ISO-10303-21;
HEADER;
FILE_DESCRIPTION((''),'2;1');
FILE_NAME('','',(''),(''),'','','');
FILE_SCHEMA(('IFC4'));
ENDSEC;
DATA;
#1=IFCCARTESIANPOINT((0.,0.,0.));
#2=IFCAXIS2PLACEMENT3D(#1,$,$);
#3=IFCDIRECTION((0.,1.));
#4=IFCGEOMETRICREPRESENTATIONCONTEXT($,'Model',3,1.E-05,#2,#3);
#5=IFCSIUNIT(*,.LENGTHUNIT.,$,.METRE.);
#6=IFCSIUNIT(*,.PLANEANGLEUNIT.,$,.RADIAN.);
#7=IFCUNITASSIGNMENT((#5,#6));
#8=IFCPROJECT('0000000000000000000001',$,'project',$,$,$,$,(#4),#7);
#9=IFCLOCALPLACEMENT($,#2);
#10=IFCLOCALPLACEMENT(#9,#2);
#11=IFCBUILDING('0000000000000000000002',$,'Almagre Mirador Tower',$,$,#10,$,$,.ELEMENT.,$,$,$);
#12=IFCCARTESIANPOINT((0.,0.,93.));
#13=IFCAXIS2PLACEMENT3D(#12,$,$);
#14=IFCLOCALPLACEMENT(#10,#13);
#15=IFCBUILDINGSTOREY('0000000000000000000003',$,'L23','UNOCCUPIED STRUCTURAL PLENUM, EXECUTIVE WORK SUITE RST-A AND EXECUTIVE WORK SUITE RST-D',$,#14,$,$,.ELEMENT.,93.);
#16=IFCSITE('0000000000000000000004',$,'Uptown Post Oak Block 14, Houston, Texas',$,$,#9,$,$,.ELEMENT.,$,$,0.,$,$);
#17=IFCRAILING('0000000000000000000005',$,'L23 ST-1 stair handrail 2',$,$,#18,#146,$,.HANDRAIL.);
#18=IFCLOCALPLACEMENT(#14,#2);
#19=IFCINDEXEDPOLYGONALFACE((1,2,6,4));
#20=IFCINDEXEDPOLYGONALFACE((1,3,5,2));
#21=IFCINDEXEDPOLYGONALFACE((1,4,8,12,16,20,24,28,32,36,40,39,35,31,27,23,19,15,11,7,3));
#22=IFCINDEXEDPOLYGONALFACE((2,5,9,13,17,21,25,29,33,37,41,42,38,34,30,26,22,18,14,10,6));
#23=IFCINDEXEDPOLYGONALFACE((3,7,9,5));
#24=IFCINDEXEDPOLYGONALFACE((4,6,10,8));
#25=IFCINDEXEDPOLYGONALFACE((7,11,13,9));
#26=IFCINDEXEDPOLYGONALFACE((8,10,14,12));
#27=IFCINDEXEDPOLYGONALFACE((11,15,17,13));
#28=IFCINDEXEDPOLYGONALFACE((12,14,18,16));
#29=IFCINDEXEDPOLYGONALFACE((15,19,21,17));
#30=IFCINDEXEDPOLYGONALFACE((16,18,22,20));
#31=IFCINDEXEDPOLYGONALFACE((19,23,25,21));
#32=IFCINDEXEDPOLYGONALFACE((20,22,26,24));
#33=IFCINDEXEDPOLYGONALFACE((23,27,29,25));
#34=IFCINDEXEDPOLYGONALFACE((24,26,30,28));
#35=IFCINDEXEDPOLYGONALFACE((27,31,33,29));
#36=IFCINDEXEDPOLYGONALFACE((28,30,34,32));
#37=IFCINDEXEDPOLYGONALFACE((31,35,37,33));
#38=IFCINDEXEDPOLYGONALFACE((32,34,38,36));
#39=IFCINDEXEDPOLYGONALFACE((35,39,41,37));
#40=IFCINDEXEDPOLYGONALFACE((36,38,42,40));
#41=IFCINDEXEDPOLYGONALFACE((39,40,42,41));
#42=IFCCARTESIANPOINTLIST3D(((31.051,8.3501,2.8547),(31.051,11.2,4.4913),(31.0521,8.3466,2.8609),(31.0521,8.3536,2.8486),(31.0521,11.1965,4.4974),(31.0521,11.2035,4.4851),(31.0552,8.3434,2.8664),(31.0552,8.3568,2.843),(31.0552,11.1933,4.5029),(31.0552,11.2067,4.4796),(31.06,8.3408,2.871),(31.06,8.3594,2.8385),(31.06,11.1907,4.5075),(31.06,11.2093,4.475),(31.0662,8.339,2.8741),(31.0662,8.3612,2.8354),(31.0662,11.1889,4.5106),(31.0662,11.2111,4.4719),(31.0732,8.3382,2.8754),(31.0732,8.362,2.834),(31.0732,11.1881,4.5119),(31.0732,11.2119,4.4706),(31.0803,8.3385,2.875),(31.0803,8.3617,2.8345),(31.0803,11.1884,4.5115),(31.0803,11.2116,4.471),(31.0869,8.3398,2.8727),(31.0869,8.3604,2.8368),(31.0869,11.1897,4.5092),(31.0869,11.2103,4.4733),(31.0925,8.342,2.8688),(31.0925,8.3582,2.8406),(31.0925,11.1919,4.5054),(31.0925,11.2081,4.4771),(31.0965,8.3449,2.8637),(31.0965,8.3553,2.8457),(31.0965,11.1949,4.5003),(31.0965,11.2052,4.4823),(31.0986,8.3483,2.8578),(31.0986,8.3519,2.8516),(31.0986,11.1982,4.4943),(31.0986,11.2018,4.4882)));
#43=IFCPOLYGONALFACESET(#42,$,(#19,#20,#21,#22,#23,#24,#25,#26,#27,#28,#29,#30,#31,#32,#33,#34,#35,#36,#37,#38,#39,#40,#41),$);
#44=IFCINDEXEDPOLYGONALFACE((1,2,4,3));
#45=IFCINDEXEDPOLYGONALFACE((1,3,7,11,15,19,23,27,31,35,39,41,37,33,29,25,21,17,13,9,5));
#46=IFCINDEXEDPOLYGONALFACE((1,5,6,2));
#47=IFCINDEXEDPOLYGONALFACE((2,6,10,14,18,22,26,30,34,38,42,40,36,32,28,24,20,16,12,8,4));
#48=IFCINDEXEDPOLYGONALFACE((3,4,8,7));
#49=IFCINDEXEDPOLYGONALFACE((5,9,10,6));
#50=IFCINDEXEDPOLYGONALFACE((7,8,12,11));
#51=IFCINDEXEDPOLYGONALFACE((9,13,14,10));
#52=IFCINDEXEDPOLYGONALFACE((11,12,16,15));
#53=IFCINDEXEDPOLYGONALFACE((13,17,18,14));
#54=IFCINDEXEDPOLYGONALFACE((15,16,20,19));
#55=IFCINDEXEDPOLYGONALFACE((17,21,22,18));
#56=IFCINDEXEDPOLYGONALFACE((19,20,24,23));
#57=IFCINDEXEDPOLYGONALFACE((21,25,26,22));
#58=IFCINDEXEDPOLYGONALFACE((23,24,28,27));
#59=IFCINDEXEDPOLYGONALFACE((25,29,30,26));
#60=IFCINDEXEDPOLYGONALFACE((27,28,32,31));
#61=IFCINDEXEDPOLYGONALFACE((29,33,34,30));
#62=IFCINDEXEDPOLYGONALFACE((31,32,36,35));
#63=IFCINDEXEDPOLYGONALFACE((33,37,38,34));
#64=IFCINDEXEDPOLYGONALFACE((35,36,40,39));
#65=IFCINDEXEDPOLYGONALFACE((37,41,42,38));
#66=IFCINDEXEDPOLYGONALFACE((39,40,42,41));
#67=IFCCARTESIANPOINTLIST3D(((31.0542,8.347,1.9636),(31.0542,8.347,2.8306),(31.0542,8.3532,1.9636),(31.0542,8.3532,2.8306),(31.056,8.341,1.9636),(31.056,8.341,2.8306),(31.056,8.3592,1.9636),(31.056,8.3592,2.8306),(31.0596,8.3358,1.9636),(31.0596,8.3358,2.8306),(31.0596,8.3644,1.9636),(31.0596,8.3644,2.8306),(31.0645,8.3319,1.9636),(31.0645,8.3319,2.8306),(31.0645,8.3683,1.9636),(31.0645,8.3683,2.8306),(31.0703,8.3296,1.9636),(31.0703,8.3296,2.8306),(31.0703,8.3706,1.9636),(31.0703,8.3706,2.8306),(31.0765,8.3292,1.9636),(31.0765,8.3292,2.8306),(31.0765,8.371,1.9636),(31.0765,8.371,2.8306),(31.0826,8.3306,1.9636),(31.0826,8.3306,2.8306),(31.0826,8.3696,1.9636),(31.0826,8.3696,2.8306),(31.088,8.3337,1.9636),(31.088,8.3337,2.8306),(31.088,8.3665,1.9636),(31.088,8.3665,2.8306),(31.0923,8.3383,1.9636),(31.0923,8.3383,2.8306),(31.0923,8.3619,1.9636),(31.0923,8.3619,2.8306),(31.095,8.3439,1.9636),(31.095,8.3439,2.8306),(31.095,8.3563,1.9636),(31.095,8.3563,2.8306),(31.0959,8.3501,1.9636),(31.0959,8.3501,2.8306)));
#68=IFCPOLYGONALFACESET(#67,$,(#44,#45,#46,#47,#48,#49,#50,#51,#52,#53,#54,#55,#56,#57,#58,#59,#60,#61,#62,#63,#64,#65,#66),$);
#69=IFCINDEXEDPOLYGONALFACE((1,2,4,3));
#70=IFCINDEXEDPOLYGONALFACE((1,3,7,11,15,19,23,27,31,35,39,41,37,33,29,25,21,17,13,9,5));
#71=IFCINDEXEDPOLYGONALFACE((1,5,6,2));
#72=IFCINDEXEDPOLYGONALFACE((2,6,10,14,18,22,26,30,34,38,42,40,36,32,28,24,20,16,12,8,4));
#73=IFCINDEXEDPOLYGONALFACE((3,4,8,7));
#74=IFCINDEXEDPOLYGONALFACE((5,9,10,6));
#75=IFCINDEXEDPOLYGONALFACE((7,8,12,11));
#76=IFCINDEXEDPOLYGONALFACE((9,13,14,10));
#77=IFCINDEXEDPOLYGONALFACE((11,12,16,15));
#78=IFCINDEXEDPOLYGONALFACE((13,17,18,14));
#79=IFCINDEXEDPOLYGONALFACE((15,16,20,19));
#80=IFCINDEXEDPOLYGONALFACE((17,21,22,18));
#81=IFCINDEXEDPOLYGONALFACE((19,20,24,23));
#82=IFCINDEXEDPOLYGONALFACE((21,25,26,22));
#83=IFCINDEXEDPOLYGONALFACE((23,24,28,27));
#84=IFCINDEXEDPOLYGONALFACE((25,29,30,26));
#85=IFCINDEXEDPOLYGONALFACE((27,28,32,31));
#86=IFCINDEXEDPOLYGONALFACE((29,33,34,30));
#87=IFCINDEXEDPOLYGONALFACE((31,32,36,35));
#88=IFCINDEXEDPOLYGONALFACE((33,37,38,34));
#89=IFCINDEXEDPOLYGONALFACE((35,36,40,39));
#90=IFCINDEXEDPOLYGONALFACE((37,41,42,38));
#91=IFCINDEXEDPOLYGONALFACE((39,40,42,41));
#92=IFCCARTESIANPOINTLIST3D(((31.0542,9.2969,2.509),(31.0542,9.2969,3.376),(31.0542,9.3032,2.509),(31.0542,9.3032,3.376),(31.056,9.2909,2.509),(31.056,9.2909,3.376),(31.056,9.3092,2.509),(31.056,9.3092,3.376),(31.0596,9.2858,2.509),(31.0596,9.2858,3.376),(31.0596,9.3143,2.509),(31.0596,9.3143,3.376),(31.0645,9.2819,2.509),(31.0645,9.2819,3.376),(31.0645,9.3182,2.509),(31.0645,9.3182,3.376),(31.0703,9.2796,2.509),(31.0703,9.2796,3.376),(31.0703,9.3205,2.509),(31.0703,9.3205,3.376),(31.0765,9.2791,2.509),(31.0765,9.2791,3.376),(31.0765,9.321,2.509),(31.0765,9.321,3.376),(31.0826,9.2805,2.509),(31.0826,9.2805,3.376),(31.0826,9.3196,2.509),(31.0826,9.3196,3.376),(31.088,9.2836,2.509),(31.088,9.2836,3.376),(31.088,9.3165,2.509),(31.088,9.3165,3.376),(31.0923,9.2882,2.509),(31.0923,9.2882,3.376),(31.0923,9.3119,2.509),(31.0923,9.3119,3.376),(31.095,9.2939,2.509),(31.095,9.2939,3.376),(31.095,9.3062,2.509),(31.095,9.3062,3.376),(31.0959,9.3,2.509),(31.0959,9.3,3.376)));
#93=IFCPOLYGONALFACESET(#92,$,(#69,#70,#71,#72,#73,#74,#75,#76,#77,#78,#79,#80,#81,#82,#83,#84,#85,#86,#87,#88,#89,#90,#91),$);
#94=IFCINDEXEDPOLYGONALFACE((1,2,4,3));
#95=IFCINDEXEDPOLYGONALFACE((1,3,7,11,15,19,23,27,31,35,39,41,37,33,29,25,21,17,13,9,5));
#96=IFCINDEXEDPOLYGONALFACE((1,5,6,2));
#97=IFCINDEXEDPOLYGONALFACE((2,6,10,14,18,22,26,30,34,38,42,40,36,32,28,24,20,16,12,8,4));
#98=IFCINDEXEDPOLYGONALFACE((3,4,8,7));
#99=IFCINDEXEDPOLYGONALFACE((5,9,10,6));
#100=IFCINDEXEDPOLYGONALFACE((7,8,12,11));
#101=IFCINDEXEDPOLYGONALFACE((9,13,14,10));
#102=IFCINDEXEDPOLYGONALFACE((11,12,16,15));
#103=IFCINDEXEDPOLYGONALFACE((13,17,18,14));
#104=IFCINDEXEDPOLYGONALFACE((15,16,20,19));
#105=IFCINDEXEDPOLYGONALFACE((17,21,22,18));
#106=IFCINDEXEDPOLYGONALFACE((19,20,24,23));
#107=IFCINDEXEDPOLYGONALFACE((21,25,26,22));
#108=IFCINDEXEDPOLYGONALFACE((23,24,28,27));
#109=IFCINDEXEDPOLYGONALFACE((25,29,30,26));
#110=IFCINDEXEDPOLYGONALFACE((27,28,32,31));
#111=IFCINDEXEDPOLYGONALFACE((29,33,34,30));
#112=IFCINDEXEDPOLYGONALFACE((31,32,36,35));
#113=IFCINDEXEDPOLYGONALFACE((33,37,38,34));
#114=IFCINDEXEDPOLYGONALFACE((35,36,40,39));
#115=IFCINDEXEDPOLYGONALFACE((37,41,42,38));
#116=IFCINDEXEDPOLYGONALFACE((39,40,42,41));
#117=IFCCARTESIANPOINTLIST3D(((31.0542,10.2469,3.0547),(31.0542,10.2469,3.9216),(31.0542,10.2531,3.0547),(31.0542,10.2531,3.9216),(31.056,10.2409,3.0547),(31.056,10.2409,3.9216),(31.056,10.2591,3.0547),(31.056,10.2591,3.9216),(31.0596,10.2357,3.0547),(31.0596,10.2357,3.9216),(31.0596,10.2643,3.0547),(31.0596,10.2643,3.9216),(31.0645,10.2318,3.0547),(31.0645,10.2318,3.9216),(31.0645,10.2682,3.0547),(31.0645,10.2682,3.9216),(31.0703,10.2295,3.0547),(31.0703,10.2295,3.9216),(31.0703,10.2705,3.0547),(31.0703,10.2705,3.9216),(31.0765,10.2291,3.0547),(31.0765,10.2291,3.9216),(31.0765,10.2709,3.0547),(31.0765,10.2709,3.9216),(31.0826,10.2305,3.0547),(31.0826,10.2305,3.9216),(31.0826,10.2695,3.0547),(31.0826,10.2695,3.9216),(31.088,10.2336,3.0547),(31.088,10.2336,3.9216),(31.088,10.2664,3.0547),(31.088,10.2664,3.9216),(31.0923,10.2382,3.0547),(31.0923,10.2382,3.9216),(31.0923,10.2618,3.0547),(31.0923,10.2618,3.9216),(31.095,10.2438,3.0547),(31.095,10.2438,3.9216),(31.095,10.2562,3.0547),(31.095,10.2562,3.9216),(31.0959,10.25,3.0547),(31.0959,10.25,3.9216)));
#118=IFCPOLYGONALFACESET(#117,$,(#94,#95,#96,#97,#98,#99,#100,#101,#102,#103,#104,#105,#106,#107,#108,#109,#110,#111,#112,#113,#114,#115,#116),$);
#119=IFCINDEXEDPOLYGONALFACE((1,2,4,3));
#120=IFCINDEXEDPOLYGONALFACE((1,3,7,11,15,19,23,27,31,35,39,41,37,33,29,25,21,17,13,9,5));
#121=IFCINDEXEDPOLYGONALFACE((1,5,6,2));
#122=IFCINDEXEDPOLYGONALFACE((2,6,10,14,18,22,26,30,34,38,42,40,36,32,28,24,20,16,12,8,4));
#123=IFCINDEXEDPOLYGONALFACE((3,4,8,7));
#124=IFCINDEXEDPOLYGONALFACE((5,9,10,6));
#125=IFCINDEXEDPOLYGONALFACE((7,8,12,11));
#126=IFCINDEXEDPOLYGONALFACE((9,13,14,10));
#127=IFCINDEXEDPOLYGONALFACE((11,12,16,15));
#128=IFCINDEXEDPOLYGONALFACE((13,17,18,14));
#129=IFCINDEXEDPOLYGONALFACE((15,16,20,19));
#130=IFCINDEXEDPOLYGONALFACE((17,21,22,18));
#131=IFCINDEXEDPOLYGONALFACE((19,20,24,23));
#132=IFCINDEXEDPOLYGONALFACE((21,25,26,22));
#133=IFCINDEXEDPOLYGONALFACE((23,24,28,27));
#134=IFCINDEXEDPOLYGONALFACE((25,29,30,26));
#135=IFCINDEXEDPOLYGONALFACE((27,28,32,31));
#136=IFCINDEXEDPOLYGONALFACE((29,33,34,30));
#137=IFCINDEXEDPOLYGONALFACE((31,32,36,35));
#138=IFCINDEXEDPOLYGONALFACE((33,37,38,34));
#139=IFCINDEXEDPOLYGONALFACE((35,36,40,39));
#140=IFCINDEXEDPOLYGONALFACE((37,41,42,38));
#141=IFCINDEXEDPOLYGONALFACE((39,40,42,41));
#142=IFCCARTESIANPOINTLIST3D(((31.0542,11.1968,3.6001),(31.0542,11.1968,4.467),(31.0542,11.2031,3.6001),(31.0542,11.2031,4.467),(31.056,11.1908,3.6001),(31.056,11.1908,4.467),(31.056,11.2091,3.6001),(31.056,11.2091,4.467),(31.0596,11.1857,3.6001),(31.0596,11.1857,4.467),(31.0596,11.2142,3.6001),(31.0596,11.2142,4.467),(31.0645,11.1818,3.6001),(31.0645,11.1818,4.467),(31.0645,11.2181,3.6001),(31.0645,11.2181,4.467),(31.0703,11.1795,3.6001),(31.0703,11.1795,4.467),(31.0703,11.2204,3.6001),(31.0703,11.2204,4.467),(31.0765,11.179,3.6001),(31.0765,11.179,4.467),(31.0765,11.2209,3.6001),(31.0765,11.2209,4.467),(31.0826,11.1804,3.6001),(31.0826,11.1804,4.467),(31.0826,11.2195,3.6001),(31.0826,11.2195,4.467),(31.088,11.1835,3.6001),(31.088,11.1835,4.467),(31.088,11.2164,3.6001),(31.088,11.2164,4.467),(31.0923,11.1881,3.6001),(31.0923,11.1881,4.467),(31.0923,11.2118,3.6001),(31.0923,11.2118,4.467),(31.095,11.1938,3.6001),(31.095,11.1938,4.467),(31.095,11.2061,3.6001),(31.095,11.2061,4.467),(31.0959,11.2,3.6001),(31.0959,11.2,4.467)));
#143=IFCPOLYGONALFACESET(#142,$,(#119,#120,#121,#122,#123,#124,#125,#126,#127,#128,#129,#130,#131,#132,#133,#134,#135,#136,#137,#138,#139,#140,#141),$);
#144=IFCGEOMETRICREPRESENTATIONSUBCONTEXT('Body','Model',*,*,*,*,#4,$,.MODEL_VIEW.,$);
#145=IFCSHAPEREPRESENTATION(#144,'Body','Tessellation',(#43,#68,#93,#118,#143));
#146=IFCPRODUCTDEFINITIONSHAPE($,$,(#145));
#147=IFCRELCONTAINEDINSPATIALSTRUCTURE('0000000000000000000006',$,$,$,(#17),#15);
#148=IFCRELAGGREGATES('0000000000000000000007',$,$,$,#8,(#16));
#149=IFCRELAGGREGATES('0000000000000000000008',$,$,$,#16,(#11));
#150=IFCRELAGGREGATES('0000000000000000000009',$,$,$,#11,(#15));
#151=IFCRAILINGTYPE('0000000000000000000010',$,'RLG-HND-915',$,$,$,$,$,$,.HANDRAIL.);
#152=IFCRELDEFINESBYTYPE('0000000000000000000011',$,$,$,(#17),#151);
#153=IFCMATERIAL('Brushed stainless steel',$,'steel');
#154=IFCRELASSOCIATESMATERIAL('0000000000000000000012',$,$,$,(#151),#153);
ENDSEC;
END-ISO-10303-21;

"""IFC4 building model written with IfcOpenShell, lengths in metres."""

from ifc_helpers import new_model, si_unit, direction, frame, origin, origin_2d, place, context, subcontext, project, spatial, circle, extrude, material, type_object, element, save


model = new_model("IFC4")

# Units and contexts
model_context = context("Model", 3, precision=1e-05, world=origin(), true_north=direction((0.0, 1.0)))
body_context = subcontext(model_context, "Body", "Model", "MODEL_VIEW")
ifc_project = project(units=[si_unit("LENGTHUNIT", "METRE"), si_unit("PLANEANGLEUNIT", "RADIAN")], contexts=[model_context])

# Site, building, storey
site_placement = place(None, origin())
site = spatial("IfcSite", under=ifc_project, at=site_placement, Name="Uptown Post Oak Block 14, Houston, Texas", CompositionType="ELEMENT", RefElevation=0.0)
building_placement = place(site_placement, origin())
building = spatial("IfcBuilding", under=site, at=building_placement, Name="Almagre Mirador Tower", CompositionType="ELEMENT")
storey_placement = place(building_placement, frame((0.0, 0.0, 93.0)))
storey = spatial("IfcBuildingStorey", under=building, at=storey_placement, Name="L23", Description="UNOCCUPIED STRUCTURAL PLENUM, EXECUTIVE WORK SUITE RST-A AND EXECUTIVE WORK SUITE RST-D", CompositionType="ELEMENT", Elevation=93.0)

# Railing
ifc_material_1 = material(Name="Brushed stainless steel", Category="steel")
railing_type_1 = type_object("IfcRailingType", Name="RLG-HND-915", PredefinedType="HANDRAIL", material=ifc_material_1)
railing_1_placement = place(storey_placement, frame((31.075, 8.3501, 1.9636)))
element("IfcRailing", 1, at=railing_1_placement, inside=storey, type_object=railing_type_1, Name="L23 ST-1 stair handrail 2", PredefinedType="HANDRAIL", context=body_context, shape_type="SweptSolid", body=[
    extrude(circle(Radius=0.0239, at=origin_2d()), frame((0.0, 0.0, 0.8911), z_axis=(0.0, 0.867194, 0.49797), x_axis=(-1.0, 0.0, 0.0)), (0.0, 0.0, 1.0), 3.2864),
    extrude(circle(Radius=0.021, at=origin_2d()), origin(), (0.0, 0.0, 1.0), 0.8669),
    extrude(circle(Radius=0.021, at=origin_2d()), frame((0.0, 0.95, 0.5454)), (0.0, 0.0, 1.0), 0.8669),
    extrude(circle(Radius=0.021, at=origin_2d()), frame((0.0, 1.8999, 1.0911)), (0.0, 0.0, 1.0), 0.8669),
    extrude(circle(Radius=0.021, at=origin_2d()), frame((0.0, 2.8499, 1.6365)), (0.0, 0.0, 1.0), 0.8669),
])

save(model, "model.ifc")
